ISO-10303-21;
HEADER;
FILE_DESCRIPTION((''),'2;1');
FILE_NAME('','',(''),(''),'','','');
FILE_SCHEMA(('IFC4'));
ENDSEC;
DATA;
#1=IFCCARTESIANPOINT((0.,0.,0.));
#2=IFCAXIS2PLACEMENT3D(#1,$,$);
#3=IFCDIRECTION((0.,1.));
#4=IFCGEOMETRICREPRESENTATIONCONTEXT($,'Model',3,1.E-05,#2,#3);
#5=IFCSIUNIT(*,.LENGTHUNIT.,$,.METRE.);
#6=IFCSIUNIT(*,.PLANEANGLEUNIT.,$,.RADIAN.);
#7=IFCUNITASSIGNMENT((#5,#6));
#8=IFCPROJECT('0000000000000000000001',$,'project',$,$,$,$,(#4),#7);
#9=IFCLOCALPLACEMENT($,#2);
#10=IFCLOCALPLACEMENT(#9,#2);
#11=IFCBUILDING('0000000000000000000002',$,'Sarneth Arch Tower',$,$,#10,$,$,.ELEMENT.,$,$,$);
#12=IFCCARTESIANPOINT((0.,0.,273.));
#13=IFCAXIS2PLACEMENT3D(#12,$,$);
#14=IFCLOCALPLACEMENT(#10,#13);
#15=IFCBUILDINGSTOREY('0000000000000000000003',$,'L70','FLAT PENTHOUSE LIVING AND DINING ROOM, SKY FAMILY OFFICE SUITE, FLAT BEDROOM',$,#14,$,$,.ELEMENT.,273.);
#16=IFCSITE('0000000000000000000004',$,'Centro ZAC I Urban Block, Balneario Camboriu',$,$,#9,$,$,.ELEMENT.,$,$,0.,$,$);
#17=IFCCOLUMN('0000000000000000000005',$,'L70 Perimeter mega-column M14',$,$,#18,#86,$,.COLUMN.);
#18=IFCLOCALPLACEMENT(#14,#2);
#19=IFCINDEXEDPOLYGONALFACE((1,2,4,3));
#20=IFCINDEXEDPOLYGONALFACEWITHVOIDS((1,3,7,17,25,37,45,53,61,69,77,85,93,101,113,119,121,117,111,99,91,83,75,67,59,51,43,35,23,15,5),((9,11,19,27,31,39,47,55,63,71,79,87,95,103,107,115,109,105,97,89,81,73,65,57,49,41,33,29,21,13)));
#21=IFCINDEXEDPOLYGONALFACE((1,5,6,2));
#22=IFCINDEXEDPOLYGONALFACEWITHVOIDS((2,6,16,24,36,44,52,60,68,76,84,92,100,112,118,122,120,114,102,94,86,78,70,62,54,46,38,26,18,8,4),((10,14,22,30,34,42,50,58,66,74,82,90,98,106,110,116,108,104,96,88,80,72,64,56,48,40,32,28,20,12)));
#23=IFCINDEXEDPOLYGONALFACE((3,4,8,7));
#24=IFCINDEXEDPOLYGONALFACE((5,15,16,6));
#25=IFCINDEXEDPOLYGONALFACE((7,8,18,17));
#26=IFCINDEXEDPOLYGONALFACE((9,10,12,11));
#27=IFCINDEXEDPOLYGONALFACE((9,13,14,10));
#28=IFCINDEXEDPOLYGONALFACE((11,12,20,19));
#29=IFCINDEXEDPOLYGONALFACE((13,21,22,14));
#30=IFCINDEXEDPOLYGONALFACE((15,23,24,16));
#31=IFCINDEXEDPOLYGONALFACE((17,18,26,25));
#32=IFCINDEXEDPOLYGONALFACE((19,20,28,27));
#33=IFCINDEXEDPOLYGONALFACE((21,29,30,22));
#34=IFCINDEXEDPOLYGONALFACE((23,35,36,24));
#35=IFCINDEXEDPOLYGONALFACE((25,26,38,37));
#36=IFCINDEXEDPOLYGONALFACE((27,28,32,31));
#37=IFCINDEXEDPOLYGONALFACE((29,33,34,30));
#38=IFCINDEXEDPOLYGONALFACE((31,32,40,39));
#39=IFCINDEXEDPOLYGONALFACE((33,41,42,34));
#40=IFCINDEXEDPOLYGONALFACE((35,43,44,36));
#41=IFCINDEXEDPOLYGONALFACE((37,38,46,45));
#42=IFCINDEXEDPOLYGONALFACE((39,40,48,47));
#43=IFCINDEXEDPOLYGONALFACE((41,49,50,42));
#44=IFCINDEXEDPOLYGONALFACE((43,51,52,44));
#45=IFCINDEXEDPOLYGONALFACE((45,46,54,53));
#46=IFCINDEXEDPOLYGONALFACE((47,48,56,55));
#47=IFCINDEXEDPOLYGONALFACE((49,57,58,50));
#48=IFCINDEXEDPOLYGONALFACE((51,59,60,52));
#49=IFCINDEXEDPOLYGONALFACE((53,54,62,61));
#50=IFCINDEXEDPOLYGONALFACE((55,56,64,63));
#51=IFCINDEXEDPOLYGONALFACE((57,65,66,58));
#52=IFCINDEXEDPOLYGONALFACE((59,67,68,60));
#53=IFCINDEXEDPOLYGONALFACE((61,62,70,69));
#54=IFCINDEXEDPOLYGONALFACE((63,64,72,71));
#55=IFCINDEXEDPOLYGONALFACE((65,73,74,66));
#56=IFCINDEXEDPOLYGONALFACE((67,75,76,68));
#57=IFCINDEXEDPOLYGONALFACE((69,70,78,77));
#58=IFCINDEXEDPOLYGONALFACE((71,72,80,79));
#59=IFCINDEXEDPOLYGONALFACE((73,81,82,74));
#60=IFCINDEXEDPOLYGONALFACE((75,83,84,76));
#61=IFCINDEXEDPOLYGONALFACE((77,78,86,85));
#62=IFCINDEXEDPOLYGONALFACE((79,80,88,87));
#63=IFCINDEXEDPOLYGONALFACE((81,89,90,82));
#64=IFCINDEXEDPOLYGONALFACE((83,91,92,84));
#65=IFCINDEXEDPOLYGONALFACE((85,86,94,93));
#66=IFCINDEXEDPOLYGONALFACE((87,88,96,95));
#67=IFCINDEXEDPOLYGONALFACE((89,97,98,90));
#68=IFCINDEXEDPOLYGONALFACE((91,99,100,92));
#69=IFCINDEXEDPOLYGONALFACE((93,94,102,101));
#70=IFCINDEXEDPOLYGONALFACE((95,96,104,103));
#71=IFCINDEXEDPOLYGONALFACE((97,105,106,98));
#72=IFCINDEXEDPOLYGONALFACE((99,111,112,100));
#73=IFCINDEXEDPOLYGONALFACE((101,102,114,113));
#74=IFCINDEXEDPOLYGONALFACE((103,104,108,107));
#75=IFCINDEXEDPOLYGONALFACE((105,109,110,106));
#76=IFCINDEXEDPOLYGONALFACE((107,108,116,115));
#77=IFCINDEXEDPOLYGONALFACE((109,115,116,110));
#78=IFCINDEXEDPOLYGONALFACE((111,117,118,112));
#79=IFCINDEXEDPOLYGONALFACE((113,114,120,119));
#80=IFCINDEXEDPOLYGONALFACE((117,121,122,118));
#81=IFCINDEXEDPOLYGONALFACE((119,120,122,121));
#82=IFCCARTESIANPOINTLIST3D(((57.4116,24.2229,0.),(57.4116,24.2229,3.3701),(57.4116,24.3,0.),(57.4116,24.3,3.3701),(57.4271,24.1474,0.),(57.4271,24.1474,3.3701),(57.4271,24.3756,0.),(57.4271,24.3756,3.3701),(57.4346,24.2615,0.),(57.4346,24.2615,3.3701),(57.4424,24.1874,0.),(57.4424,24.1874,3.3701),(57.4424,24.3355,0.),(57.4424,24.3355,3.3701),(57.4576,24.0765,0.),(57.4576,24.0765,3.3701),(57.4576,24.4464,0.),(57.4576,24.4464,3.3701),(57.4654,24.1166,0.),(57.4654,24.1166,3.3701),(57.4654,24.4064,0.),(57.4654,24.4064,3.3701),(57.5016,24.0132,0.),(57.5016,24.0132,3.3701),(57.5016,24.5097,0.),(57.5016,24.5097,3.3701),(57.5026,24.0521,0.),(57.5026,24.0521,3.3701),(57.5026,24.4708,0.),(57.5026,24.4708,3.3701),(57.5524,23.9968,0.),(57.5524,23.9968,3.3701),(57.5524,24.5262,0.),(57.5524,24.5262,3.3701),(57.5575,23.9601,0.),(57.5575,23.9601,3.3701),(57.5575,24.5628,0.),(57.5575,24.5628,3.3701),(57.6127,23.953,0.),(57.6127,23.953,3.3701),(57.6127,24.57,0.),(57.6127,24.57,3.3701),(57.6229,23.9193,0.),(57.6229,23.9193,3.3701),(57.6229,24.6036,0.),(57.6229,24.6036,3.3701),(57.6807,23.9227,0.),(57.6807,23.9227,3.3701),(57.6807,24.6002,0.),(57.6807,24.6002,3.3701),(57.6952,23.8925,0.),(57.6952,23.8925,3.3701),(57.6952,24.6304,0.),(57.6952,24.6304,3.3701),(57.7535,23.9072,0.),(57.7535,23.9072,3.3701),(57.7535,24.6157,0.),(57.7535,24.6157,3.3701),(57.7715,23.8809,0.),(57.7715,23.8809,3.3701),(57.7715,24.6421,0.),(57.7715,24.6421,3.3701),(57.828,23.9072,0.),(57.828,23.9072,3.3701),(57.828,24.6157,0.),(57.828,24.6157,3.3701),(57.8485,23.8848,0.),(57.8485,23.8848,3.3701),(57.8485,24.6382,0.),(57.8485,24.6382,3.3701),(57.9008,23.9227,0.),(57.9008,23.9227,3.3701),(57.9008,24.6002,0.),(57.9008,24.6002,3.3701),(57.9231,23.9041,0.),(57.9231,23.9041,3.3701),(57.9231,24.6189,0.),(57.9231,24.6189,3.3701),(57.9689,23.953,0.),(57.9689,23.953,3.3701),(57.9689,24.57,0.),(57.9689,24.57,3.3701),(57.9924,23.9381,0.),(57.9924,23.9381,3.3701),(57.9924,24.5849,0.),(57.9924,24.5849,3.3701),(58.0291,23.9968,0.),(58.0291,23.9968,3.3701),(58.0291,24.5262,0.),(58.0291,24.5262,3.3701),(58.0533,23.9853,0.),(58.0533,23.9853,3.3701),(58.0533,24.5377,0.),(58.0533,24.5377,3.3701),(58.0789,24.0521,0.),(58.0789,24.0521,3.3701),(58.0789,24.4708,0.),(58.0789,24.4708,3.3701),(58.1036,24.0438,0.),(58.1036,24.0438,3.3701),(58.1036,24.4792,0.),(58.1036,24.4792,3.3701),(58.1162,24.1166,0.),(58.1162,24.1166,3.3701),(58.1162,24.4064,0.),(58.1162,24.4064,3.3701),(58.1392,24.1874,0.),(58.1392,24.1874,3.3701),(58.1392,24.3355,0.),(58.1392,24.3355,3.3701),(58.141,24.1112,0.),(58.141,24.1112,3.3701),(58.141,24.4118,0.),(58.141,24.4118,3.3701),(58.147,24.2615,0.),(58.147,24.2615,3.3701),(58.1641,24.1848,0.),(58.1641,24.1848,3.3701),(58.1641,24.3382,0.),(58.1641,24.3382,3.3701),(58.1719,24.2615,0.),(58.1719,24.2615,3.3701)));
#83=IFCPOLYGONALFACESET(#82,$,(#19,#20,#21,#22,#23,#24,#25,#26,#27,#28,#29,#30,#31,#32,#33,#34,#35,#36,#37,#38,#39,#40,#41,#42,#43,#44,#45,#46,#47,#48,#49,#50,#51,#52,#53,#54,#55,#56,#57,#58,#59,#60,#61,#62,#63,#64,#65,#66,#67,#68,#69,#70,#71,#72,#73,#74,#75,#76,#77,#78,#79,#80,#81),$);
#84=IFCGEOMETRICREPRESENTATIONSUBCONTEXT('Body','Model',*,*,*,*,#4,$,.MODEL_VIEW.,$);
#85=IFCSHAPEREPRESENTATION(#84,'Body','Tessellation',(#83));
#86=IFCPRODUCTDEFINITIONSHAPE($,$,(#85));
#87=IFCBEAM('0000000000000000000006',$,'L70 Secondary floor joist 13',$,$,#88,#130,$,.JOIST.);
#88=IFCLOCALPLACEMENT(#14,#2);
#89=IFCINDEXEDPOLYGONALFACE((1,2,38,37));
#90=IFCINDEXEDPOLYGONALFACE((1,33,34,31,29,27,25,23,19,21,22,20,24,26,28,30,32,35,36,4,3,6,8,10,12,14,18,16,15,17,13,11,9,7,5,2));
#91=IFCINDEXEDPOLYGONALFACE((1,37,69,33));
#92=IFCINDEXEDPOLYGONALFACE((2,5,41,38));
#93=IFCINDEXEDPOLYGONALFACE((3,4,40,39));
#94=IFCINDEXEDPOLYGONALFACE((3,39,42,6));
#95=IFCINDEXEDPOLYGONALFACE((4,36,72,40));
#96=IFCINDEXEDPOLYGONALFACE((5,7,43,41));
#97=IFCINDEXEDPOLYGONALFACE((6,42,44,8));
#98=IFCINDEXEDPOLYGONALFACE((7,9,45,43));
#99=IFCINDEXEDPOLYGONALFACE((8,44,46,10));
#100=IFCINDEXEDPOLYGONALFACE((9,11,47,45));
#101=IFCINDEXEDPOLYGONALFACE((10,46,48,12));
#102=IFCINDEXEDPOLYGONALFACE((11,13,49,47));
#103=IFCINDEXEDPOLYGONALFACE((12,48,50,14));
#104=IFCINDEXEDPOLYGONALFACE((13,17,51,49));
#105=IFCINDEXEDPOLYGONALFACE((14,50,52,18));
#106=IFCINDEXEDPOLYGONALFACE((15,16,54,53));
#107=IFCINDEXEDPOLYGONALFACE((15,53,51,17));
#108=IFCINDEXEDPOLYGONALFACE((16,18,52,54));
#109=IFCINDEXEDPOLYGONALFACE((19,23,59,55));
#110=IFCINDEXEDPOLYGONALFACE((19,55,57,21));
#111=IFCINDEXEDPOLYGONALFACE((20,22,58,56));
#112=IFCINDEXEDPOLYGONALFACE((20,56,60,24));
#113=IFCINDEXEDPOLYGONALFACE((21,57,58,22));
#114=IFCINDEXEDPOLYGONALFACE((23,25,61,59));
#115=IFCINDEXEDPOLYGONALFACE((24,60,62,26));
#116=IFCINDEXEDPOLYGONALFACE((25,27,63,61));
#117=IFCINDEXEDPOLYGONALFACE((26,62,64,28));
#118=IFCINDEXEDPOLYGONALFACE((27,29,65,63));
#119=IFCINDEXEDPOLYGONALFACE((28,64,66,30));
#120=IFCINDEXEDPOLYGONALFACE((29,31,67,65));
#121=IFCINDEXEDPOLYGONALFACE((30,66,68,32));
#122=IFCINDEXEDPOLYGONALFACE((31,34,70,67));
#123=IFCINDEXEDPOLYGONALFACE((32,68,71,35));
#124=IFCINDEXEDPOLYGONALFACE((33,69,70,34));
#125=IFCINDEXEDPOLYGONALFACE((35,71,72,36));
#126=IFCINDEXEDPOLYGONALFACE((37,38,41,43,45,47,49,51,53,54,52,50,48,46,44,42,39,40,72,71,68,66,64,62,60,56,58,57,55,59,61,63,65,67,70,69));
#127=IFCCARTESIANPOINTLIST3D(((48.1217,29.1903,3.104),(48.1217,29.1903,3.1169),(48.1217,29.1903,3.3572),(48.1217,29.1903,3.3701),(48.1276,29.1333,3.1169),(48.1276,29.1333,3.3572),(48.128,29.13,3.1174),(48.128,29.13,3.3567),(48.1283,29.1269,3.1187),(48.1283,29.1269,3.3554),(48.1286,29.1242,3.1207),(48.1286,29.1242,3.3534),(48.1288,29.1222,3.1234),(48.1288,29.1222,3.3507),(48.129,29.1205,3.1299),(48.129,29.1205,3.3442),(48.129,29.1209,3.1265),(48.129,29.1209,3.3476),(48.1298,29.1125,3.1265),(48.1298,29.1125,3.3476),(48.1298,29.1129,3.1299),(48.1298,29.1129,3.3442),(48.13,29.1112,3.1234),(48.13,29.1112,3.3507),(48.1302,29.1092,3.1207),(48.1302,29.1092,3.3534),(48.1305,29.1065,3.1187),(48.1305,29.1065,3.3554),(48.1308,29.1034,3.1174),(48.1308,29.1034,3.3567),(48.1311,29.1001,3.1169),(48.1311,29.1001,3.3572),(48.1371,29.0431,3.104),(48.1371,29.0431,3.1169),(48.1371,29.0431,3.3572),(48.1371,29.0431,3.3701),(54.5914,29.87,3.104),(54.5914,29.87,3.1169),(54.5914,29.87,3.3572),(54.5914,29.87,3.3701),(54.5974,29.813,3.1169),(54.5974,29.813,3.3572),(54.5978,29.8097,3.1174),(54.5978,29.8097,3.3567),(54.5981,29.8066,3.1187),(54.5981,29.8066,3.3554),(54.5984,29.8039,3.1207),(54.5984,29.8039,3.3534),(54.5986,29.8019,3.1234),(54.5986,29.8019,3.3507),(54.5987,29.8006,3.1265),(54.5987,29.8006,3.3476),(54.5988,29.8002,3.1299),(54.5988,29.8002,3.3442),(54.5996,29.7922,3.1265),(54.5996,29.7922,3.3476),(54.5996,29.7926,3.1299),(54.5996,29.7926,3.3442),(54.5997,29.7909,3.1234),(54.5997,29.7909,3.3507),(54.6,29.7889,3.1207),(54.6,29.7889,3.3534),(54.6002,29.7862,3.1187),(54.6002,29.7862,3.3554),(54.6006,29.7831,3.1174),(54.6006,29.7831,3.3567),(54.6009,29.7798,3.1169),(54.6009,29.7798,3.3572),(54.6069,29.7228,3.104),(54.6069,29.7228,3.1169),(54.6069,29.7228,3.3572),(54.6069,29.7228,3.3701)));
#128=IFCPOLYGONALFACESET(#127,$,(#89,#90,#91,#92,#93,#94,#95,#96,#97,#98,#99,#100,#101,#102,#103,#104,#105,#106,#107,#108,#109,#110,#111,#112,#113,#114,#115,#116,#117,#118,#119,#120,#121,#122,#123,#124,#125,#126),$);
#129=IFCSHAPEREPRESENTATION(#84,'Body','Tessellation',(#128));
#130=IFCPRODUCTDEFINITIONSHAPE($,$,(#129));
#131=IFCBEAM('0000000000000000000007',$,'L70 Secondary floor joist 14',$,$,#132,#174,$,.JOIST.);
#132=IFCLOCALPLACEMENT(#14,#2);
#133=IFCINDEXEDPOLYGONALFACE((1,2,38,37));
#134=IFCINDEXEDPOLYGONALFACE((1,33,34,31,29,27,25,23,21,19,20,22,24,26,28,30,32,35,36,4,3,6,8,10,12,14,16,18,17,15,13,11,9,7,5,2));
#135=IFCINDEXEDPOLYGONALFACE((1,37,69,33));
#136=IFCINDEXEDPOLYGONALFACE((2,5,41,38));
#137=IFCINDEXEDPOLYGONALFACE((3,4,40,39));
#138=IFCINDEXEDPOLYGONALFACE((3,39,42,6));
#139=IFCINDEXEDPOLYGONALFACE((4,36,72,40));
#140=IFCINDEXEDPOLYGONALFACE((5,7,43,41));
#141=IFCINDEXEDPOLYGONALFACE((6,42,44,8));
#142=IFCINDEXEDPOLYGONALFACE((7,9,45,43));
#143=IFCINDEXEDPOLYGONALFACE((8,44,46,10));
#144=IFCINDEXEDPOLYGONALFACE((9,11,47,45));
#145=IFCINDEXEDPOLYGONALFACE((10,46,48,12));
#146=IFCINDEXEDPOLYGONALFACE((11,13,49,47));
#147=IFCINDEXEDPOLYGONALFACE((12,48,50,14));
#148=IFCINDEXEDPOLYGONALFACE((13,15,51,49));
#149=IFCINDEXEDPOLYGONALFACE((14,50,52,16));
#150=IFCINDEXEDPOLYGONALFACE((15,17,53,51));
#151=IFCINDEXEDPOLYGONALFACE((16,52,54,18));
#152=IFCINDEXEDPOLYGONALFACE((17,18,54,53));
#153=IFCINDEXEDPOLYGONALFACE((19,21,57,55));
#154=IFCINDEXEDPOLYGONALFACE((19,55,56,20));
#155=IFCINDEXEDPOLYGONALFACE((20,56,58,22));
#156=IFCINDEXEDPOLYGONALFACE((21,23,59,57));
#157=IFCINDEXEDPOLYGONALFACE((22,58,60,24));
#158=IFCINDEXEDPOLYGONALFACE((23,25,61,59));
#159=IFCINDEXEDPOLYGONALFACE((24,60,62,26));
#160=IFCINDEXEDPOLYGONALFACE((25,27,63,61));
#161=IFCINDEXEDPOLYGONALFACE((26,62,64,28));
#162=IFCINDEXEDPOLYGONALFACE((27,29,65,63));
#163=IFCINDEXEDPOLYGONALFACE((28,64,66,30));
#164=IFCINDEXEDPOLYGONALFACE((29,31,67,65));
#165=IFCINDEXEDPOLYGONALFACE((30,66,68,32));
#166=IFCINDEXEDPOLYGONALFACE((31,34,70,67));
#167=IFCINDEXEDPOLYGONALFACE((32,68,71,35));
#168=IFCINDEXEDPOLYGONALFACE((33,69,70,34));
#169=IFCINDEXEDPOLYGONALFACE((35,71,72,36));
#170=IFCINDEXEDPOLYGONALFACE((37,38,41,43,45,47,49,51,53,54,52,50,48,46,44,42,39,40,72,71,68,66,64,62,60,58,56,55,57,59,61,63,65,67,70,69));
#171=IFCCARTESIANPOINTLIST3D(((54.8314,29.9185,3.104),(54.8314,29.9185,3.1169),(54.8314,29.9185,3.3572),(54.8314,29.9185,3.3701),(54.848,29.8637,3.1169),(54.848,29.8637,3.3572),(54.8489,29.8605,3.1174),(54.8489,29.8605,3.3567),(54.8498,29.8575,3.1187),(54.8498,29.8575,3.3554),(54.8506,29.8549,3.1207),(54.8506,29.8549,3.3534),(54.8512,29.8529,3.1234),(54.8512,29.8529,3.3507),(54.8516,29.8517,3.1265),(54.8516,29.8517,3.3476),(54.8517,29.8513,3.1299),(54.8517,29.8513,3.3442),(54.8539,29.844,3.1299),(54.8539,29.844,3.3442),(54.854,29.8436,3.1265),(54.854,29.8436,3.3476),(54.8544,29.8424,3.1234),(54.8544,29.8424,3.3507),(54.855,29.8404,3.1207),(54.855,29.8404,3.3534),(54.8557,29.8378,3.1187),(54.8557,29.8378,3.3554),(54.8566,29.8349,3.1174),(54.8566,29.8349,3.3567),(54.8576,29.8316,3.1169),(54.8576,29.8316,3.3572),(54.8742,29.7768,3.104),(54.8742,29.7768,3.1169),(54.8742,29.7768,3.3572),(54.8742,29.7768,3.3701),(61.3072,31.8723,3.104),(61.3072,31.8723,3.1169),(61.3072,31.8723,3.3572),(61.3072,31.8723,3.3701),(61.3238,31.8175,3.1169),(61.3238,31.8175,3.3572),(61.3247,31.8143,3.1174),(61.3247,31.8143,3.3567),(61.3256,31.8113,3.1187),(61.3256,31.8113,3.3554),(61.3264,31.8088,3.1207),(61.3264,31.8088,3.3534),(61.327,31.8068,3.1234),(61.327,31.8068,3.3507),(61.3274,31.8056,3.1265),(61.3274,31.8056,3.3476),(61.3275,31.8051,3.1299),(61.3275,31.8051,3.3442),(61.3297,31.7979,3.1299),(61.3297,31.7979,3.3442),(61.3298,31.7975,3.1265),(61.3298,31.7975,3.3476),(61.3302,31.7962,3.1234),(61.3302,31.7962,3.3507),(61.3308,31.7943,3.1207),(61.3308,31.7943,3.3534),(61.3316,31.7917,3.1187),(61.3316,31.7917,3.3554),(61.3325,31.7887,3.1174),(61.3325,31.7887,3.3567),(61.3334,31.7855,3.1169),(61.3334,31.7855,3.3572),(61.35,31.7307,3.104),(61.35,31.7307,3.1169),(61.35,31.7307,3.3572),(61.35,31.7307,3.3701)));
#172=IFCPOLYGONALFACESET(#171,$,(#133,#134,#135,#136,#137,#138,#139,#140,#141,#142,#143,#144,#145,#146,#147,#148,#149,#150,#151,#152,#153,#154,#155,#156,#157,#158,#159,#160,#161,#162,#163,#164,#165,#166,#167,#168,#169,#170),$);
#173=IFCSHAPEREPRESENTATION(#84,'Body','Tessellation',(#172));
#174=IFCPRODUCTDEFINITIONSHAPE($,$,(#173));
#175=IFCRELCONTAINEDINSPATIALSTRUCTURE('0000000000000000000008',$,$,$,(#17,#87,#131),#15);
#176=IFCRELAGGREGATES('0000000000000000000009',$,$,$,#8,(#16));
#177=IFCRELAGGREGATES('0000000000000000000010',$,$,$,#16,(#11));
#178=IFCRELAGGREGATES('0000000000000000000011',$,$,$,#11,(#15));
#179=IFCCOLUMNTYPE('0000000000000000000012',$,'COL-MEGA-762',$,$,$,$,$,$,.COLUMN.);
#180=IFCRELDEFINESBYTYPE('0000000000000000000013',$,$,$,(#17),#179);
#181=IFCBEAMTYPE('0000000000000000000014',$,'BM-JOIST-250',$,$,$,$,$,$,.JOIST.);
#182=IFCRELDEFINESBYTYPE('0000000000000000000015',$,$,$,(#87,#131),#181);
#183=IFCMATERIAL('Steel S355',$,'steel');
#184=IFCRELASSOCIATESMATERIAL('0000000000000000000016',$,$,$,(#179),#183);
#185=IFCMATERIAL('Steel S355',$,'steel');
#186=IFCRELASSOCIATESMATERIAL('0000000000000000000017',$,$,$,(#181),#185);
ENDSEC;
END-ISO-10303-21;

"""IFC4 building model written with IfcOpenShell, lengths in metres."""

from ifc_helpers import new_model, si_unit, direction, frame, origin, origin_2d, place, context, subcontext, project, spatial, hollow_circle, i_section, extrude, material, material_profile, profile_set, type_object, element, save


model = new_model("IFC4")

# Units and contexts
model_context = context("Model", 3, precision=1e-05, world=origin(), true_north=direction((0.0, 1.0)))
body_context = subcontext(model_context, "Body", "Model", "MODEL_VIEW")
ifc_project = project(units=[si_unit("LENGTHUNIT", "METRE"), si_unit("PLANEANGLEUNIT", "RADIAN")], contexts=[model_context])

# Site, building, storey
site_placement = place(None, origin())
site = spatial("IfcSite", under=ifc_project, at=site_placement, Name="Centro ZAC I Urban Block, Balneario Camboriu", CompositionType="ELEMENT", RefElevation=0.0)
building_placement = place(site_placement, origin())
building = spatial("IfcBuilding", under=site, at=building_placement, Name="Sarneth Arch Tower", CompositionType="ELEMENT")
storey_placement = place(building_placement, frame((0.0, 0.0, 273.0)))
storey = spatial("IfcBuildingStorey", under=building, at=storey_placement, Name="L70", Description="FLAT PENTHOUSE LIVING AND DINING ROOM, SKY FAMILY OFFICE SUITE, FLAT BEDROOM", CompositionType="ELEMENT", Elevation=273.0)

# Column
ifc_material_1 = material(Name="Steel S355", Category="steel")
ifc_material_profile_1 = material_profile(ifc_material_1, hollow_circle(Radius=0.3811, WallThickness=0.0249, at=origin_2d()), Name="CHS762x25")
ifc_profile_set_1 = profile_set([ifc_material_profile_1], Name="Steel S355")
column_type = type_object("IfcColumnType", Name="COL-MEGA-762", PredefinedType="COLUMN", material=ifc_profile_set_1)
column_placement = place(storey_placement, frame((57.7908, 24.2615, 0.0), z_axis=(0.0, 0.0, 1.0), x_axis=(1.0, 0.0, 0.0)))
element("IfcColumn", 1, at=column_placement, inside=storey, type_object=column_type, Name="L70 Perimeter mega-column M14", PredefinedType="COLUMN", context=body_context, shape_type="SweptSolid", body=[
    extrude(hollow_circle(Radius=0.3811, WallThickness=0.0249, at=origin_2d()), origin(), (0.0, 0.0, 1.0), 3.3701),
])

# Beams
ifc_material_2 = material(Name="Steel S355", Category="steel")
ifc_material_profile_2 = material_profile(ifc_material_2, i_section(OverallWidth=0.1479, OverallDepth=0.2661, WebThickness=0.0076, FlangeThickness=0.0129, FilletRadius=0.0129, at=origin_2d()), Name="W250x44.8")
ifc_profile_set_2 = profile_set([ifc_material_profile_2], Name="Steel S355")
beam_type_1 = type_object("IfcBeamType", Name="BM-JOIST-250", PredefinedType="JOIST", material=ifc_profile_set_2)
beam_1_placement = place(storey_placement, frame((48.1294, 29.1167, 3.2371), z_axis=(0.994527, 0.104482, 0.0), x_axis=(-0.104482, 0.994527, 0.0)))
element("IfcBeam", 2, at=beam_1_placement, inside=storey, type_object=beam_type_1, Name="L70 Secondary floor joist 13", PredefinedType="JOIST", context=body_context, shape_type="SweptSolid", body=[
    extrude(i_section(OverallWidth=0.1479, OverallDepth=0.2661, WebThickness=0.0076, FlangeThickness=0.0129, FilletRadius=0.0129, at=origin_2d()), origin(), (0.0, 0.0, 1.0), 6.5054),
])
beam_2_placement = place(storey_placement, frame((54.8528, 29.8477, 3.2371), z_axis=(0.957373, 0.288854, 0.0), x_axis=(-0.288854, 0.957373, 0.0)))
element("IfcBeam", 3, at=beam_2_placement, inside=storey, type_object=beam_type_1, Name="L70 Secondary floor joist 14", PredefinedType="JOIST", context=body_context, shape_type="SweptSolid", body=[
    extrude(i_section(OverallWidth=0.1479, OverallDepth=0.2661, WebThickness=0.0076, FlangeThickness=0.0129, FilletRadius=0.0129, at=origin_2d()), origin(), (0.0, 0.0, 1.0), 6.7642),
])

save(model, "model.ifc")
